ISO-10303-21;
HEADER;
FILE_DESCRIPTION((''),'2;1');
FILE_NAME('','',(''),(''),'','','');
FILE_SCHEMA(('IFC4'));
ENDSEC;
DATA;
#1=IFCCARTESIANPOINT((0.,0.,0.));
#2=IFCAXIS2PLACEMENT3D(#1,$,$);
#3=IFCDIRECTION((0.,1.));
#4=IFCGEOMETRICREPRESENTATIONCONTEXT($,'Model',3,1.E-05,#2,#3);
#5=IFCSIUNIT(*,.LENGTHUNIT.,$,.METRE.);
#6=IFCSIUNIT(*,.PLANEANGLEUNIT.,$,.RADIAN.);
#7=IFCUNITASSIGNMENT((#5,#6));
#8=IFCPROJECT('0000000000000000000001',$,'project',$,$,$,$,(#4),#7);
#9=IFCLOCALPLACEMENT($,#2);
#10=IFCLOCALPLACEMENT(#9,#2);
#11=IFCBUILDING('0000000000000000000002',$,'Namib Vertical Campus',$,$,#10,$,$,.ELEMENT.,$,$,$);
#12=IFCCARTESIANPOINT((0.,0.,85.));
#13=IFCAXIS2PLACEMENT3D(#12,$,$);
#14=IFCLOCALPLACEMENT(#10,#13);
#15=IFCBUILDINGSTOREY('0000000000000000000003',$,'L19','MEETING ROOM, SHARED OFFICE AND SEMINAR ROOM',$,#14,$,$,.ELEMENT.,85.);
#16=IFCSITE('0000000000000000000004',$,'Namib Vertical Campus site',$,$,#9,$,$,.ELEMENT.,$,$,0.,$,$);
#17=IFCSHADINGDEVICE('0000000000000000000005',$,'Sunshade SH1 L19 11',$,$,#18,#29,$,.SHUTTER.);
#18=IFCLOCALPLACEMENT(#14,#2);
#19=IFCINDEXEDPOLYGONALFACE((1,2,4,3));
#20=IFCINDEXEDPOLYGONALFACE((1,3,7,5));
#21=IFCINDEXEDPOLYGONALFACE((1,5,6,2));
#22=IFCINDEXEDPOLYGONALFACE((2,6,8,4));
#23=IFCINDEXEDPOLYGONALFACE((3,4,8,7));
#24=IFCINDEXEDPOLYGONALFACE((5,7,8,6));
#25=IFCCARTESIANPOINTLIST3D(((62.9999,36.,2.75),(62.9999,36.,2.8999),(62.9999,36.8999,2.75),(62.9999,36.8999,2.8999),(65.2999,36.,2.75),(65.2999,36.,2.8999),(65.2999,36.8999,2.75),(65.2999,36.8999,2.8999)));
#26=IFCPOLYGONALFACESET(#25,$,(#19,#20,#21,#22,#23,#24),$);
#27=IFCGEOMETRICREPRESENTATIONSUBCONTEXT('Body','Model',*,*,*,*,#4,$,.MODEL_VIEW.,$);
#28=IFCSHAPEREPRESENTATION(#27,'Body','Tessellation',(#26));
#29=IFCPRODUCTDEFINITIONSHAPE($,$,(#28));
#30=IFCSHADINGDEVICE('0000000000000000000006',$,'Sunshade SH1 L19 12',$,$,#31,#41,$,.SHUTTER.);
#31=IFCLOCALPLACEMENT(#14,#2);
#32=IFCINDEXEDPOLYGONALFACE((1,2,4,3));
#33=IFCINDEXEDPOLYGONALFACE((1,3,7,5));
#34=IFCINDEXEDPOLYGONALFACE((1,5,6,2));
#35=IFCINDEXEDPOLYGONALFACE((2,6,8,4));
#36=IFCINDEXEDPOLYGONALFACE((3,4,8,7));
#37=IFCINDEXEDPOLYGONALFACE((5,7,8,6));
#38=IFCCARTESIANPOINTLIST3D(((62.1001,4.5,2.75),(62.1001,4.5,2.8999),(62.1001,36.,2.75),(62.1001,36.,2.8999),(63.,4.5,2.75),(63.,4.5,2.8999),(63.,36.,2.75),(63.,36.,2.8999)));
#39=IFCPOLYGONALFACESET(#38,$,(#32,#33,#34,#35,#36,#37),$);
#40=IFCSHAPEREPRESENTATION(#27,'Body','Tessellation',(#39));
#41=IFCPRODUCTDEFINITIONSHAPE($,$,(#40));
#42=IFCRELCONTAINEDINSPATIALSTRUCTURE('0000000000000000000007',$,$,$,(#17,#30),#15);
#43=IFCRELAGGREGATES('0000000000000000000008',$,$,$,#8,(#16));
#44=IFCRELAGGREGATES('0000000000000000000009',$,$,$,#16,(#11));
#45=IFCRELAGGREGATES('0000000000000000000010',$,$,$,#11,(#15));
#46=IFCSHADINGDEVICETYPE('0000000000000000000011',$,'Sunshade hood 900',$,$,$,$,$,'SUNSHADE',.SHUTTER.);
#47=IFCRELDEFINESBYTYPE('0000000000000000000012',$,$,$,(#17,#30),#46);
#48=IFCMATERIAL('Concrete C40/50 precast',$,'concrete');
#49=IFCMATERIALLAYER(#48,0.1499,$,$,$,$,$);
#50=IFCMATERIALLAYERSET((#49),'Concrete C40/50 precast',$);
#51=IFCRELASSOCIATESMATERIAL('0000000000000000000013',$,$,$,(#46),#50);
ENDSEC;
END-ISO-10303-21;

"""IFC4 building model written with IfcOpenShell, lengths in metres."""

from ifc_helpers import new_model, si_unit, direction, frame, origin, origin_2d, place, context, subcontext, project, spatial, rectangle, extrude, material, layer, layer_set, type_object, element, save


model = new_model("IFC4")

# Units and contexts
model_context = context("Model", 3, precision=1e-05, world=origin(), true_north=direction((0.0, 1.0)))
body_context = subcontext(model_context, "Body", "Model", "MODEL_VIEW")
ifc_project = project(units=[si_unit("LENGTHUNIT", "METRE"), si_unit("PLANEANGLEUNIT", "RADIAN")], contexts=[model_context])

# Site, building, storey
site_placement = place(None, origin())
site = spatial("IfcSite", under=ifc_project, at=site_placement, Name="Namib Vertical Campus site", CompositionType="ELEMENT", RefElevation=0.0)
building_placement = place(site_placement, origin())
building = spatial("IfcBuilding", under=site, at=building_placement, Name="Namib Vertical Campus", CompositionType="ELEMENT")
storey_placement = place(building_placement, frame((0.0, 0.0, 85.0)))
storey = spatial("IfcBuildingStorey", under=building, at=storey_placement, Name="L19", Description="MEETING ROOM, SHARED OFFICE AND SEMINAR ROOM", CompositionType="ELEMENT", Elevation=85.0)

# Shading devices
ifc_material_1 = material(Name="Concrete C40/50 precast", Category="concrete")
ifc_layer_1 = layer(ifc_material_1, 0.1499)
ifc_layer_set_1 = layer_set([ifc_layer_1], Name="Concrete C40/50 precast")
shading_device_type = type_object("IfcShadingDeviceType", Name="Sunshade hood 900", ElementType="SUNSHADE", PredefinedType="SHUTTER", material=ifc_layer_set_1)
shading_device_1_placement = place(storey_placement, frame((64.1499, 36.45, 2.75), z_axis=(0.0, 0.0, 1.0), x_axis=(-1.0, 0.0, 0.0)))
element("IfcShadingDevice", 1, at=shading_device_1_placement, inside=storey, type_object=shading_device_type, Name="Sunshade SH1 L19 11", PredefinedType="SHUTTER", context=body_context, shape_type="SweptSolid", body=[
    extrude(rectangle(XDim=2.3, YDim=0.8999, at=origin_2d()), origin(), (0.0, 0.0, 1.0), 0.1499),
])
shading_device_2_placement = place(storey_placement, frame((62.55, 20.25, 2.75), z_axis=(0.0, 0.0, 1.0), x_axis=(0.0, -1.0, 0.0)))
element("IfcShadingDevice", 2, at=shading_device_2_placement, inside=storey, type_object=shading_device_type, Name="Sunshade SH1 L19 12", PredefinedType="SHUTTER", context=body_context, shape_type="SweptSolid", body=[
    extrude(rectangle(XDim=31.5, YDim=0.8999, at=origin_2d()), origin(), (0.0, 0.0, 1.0), 0.1499),
])

save(model, "model.ifc")
